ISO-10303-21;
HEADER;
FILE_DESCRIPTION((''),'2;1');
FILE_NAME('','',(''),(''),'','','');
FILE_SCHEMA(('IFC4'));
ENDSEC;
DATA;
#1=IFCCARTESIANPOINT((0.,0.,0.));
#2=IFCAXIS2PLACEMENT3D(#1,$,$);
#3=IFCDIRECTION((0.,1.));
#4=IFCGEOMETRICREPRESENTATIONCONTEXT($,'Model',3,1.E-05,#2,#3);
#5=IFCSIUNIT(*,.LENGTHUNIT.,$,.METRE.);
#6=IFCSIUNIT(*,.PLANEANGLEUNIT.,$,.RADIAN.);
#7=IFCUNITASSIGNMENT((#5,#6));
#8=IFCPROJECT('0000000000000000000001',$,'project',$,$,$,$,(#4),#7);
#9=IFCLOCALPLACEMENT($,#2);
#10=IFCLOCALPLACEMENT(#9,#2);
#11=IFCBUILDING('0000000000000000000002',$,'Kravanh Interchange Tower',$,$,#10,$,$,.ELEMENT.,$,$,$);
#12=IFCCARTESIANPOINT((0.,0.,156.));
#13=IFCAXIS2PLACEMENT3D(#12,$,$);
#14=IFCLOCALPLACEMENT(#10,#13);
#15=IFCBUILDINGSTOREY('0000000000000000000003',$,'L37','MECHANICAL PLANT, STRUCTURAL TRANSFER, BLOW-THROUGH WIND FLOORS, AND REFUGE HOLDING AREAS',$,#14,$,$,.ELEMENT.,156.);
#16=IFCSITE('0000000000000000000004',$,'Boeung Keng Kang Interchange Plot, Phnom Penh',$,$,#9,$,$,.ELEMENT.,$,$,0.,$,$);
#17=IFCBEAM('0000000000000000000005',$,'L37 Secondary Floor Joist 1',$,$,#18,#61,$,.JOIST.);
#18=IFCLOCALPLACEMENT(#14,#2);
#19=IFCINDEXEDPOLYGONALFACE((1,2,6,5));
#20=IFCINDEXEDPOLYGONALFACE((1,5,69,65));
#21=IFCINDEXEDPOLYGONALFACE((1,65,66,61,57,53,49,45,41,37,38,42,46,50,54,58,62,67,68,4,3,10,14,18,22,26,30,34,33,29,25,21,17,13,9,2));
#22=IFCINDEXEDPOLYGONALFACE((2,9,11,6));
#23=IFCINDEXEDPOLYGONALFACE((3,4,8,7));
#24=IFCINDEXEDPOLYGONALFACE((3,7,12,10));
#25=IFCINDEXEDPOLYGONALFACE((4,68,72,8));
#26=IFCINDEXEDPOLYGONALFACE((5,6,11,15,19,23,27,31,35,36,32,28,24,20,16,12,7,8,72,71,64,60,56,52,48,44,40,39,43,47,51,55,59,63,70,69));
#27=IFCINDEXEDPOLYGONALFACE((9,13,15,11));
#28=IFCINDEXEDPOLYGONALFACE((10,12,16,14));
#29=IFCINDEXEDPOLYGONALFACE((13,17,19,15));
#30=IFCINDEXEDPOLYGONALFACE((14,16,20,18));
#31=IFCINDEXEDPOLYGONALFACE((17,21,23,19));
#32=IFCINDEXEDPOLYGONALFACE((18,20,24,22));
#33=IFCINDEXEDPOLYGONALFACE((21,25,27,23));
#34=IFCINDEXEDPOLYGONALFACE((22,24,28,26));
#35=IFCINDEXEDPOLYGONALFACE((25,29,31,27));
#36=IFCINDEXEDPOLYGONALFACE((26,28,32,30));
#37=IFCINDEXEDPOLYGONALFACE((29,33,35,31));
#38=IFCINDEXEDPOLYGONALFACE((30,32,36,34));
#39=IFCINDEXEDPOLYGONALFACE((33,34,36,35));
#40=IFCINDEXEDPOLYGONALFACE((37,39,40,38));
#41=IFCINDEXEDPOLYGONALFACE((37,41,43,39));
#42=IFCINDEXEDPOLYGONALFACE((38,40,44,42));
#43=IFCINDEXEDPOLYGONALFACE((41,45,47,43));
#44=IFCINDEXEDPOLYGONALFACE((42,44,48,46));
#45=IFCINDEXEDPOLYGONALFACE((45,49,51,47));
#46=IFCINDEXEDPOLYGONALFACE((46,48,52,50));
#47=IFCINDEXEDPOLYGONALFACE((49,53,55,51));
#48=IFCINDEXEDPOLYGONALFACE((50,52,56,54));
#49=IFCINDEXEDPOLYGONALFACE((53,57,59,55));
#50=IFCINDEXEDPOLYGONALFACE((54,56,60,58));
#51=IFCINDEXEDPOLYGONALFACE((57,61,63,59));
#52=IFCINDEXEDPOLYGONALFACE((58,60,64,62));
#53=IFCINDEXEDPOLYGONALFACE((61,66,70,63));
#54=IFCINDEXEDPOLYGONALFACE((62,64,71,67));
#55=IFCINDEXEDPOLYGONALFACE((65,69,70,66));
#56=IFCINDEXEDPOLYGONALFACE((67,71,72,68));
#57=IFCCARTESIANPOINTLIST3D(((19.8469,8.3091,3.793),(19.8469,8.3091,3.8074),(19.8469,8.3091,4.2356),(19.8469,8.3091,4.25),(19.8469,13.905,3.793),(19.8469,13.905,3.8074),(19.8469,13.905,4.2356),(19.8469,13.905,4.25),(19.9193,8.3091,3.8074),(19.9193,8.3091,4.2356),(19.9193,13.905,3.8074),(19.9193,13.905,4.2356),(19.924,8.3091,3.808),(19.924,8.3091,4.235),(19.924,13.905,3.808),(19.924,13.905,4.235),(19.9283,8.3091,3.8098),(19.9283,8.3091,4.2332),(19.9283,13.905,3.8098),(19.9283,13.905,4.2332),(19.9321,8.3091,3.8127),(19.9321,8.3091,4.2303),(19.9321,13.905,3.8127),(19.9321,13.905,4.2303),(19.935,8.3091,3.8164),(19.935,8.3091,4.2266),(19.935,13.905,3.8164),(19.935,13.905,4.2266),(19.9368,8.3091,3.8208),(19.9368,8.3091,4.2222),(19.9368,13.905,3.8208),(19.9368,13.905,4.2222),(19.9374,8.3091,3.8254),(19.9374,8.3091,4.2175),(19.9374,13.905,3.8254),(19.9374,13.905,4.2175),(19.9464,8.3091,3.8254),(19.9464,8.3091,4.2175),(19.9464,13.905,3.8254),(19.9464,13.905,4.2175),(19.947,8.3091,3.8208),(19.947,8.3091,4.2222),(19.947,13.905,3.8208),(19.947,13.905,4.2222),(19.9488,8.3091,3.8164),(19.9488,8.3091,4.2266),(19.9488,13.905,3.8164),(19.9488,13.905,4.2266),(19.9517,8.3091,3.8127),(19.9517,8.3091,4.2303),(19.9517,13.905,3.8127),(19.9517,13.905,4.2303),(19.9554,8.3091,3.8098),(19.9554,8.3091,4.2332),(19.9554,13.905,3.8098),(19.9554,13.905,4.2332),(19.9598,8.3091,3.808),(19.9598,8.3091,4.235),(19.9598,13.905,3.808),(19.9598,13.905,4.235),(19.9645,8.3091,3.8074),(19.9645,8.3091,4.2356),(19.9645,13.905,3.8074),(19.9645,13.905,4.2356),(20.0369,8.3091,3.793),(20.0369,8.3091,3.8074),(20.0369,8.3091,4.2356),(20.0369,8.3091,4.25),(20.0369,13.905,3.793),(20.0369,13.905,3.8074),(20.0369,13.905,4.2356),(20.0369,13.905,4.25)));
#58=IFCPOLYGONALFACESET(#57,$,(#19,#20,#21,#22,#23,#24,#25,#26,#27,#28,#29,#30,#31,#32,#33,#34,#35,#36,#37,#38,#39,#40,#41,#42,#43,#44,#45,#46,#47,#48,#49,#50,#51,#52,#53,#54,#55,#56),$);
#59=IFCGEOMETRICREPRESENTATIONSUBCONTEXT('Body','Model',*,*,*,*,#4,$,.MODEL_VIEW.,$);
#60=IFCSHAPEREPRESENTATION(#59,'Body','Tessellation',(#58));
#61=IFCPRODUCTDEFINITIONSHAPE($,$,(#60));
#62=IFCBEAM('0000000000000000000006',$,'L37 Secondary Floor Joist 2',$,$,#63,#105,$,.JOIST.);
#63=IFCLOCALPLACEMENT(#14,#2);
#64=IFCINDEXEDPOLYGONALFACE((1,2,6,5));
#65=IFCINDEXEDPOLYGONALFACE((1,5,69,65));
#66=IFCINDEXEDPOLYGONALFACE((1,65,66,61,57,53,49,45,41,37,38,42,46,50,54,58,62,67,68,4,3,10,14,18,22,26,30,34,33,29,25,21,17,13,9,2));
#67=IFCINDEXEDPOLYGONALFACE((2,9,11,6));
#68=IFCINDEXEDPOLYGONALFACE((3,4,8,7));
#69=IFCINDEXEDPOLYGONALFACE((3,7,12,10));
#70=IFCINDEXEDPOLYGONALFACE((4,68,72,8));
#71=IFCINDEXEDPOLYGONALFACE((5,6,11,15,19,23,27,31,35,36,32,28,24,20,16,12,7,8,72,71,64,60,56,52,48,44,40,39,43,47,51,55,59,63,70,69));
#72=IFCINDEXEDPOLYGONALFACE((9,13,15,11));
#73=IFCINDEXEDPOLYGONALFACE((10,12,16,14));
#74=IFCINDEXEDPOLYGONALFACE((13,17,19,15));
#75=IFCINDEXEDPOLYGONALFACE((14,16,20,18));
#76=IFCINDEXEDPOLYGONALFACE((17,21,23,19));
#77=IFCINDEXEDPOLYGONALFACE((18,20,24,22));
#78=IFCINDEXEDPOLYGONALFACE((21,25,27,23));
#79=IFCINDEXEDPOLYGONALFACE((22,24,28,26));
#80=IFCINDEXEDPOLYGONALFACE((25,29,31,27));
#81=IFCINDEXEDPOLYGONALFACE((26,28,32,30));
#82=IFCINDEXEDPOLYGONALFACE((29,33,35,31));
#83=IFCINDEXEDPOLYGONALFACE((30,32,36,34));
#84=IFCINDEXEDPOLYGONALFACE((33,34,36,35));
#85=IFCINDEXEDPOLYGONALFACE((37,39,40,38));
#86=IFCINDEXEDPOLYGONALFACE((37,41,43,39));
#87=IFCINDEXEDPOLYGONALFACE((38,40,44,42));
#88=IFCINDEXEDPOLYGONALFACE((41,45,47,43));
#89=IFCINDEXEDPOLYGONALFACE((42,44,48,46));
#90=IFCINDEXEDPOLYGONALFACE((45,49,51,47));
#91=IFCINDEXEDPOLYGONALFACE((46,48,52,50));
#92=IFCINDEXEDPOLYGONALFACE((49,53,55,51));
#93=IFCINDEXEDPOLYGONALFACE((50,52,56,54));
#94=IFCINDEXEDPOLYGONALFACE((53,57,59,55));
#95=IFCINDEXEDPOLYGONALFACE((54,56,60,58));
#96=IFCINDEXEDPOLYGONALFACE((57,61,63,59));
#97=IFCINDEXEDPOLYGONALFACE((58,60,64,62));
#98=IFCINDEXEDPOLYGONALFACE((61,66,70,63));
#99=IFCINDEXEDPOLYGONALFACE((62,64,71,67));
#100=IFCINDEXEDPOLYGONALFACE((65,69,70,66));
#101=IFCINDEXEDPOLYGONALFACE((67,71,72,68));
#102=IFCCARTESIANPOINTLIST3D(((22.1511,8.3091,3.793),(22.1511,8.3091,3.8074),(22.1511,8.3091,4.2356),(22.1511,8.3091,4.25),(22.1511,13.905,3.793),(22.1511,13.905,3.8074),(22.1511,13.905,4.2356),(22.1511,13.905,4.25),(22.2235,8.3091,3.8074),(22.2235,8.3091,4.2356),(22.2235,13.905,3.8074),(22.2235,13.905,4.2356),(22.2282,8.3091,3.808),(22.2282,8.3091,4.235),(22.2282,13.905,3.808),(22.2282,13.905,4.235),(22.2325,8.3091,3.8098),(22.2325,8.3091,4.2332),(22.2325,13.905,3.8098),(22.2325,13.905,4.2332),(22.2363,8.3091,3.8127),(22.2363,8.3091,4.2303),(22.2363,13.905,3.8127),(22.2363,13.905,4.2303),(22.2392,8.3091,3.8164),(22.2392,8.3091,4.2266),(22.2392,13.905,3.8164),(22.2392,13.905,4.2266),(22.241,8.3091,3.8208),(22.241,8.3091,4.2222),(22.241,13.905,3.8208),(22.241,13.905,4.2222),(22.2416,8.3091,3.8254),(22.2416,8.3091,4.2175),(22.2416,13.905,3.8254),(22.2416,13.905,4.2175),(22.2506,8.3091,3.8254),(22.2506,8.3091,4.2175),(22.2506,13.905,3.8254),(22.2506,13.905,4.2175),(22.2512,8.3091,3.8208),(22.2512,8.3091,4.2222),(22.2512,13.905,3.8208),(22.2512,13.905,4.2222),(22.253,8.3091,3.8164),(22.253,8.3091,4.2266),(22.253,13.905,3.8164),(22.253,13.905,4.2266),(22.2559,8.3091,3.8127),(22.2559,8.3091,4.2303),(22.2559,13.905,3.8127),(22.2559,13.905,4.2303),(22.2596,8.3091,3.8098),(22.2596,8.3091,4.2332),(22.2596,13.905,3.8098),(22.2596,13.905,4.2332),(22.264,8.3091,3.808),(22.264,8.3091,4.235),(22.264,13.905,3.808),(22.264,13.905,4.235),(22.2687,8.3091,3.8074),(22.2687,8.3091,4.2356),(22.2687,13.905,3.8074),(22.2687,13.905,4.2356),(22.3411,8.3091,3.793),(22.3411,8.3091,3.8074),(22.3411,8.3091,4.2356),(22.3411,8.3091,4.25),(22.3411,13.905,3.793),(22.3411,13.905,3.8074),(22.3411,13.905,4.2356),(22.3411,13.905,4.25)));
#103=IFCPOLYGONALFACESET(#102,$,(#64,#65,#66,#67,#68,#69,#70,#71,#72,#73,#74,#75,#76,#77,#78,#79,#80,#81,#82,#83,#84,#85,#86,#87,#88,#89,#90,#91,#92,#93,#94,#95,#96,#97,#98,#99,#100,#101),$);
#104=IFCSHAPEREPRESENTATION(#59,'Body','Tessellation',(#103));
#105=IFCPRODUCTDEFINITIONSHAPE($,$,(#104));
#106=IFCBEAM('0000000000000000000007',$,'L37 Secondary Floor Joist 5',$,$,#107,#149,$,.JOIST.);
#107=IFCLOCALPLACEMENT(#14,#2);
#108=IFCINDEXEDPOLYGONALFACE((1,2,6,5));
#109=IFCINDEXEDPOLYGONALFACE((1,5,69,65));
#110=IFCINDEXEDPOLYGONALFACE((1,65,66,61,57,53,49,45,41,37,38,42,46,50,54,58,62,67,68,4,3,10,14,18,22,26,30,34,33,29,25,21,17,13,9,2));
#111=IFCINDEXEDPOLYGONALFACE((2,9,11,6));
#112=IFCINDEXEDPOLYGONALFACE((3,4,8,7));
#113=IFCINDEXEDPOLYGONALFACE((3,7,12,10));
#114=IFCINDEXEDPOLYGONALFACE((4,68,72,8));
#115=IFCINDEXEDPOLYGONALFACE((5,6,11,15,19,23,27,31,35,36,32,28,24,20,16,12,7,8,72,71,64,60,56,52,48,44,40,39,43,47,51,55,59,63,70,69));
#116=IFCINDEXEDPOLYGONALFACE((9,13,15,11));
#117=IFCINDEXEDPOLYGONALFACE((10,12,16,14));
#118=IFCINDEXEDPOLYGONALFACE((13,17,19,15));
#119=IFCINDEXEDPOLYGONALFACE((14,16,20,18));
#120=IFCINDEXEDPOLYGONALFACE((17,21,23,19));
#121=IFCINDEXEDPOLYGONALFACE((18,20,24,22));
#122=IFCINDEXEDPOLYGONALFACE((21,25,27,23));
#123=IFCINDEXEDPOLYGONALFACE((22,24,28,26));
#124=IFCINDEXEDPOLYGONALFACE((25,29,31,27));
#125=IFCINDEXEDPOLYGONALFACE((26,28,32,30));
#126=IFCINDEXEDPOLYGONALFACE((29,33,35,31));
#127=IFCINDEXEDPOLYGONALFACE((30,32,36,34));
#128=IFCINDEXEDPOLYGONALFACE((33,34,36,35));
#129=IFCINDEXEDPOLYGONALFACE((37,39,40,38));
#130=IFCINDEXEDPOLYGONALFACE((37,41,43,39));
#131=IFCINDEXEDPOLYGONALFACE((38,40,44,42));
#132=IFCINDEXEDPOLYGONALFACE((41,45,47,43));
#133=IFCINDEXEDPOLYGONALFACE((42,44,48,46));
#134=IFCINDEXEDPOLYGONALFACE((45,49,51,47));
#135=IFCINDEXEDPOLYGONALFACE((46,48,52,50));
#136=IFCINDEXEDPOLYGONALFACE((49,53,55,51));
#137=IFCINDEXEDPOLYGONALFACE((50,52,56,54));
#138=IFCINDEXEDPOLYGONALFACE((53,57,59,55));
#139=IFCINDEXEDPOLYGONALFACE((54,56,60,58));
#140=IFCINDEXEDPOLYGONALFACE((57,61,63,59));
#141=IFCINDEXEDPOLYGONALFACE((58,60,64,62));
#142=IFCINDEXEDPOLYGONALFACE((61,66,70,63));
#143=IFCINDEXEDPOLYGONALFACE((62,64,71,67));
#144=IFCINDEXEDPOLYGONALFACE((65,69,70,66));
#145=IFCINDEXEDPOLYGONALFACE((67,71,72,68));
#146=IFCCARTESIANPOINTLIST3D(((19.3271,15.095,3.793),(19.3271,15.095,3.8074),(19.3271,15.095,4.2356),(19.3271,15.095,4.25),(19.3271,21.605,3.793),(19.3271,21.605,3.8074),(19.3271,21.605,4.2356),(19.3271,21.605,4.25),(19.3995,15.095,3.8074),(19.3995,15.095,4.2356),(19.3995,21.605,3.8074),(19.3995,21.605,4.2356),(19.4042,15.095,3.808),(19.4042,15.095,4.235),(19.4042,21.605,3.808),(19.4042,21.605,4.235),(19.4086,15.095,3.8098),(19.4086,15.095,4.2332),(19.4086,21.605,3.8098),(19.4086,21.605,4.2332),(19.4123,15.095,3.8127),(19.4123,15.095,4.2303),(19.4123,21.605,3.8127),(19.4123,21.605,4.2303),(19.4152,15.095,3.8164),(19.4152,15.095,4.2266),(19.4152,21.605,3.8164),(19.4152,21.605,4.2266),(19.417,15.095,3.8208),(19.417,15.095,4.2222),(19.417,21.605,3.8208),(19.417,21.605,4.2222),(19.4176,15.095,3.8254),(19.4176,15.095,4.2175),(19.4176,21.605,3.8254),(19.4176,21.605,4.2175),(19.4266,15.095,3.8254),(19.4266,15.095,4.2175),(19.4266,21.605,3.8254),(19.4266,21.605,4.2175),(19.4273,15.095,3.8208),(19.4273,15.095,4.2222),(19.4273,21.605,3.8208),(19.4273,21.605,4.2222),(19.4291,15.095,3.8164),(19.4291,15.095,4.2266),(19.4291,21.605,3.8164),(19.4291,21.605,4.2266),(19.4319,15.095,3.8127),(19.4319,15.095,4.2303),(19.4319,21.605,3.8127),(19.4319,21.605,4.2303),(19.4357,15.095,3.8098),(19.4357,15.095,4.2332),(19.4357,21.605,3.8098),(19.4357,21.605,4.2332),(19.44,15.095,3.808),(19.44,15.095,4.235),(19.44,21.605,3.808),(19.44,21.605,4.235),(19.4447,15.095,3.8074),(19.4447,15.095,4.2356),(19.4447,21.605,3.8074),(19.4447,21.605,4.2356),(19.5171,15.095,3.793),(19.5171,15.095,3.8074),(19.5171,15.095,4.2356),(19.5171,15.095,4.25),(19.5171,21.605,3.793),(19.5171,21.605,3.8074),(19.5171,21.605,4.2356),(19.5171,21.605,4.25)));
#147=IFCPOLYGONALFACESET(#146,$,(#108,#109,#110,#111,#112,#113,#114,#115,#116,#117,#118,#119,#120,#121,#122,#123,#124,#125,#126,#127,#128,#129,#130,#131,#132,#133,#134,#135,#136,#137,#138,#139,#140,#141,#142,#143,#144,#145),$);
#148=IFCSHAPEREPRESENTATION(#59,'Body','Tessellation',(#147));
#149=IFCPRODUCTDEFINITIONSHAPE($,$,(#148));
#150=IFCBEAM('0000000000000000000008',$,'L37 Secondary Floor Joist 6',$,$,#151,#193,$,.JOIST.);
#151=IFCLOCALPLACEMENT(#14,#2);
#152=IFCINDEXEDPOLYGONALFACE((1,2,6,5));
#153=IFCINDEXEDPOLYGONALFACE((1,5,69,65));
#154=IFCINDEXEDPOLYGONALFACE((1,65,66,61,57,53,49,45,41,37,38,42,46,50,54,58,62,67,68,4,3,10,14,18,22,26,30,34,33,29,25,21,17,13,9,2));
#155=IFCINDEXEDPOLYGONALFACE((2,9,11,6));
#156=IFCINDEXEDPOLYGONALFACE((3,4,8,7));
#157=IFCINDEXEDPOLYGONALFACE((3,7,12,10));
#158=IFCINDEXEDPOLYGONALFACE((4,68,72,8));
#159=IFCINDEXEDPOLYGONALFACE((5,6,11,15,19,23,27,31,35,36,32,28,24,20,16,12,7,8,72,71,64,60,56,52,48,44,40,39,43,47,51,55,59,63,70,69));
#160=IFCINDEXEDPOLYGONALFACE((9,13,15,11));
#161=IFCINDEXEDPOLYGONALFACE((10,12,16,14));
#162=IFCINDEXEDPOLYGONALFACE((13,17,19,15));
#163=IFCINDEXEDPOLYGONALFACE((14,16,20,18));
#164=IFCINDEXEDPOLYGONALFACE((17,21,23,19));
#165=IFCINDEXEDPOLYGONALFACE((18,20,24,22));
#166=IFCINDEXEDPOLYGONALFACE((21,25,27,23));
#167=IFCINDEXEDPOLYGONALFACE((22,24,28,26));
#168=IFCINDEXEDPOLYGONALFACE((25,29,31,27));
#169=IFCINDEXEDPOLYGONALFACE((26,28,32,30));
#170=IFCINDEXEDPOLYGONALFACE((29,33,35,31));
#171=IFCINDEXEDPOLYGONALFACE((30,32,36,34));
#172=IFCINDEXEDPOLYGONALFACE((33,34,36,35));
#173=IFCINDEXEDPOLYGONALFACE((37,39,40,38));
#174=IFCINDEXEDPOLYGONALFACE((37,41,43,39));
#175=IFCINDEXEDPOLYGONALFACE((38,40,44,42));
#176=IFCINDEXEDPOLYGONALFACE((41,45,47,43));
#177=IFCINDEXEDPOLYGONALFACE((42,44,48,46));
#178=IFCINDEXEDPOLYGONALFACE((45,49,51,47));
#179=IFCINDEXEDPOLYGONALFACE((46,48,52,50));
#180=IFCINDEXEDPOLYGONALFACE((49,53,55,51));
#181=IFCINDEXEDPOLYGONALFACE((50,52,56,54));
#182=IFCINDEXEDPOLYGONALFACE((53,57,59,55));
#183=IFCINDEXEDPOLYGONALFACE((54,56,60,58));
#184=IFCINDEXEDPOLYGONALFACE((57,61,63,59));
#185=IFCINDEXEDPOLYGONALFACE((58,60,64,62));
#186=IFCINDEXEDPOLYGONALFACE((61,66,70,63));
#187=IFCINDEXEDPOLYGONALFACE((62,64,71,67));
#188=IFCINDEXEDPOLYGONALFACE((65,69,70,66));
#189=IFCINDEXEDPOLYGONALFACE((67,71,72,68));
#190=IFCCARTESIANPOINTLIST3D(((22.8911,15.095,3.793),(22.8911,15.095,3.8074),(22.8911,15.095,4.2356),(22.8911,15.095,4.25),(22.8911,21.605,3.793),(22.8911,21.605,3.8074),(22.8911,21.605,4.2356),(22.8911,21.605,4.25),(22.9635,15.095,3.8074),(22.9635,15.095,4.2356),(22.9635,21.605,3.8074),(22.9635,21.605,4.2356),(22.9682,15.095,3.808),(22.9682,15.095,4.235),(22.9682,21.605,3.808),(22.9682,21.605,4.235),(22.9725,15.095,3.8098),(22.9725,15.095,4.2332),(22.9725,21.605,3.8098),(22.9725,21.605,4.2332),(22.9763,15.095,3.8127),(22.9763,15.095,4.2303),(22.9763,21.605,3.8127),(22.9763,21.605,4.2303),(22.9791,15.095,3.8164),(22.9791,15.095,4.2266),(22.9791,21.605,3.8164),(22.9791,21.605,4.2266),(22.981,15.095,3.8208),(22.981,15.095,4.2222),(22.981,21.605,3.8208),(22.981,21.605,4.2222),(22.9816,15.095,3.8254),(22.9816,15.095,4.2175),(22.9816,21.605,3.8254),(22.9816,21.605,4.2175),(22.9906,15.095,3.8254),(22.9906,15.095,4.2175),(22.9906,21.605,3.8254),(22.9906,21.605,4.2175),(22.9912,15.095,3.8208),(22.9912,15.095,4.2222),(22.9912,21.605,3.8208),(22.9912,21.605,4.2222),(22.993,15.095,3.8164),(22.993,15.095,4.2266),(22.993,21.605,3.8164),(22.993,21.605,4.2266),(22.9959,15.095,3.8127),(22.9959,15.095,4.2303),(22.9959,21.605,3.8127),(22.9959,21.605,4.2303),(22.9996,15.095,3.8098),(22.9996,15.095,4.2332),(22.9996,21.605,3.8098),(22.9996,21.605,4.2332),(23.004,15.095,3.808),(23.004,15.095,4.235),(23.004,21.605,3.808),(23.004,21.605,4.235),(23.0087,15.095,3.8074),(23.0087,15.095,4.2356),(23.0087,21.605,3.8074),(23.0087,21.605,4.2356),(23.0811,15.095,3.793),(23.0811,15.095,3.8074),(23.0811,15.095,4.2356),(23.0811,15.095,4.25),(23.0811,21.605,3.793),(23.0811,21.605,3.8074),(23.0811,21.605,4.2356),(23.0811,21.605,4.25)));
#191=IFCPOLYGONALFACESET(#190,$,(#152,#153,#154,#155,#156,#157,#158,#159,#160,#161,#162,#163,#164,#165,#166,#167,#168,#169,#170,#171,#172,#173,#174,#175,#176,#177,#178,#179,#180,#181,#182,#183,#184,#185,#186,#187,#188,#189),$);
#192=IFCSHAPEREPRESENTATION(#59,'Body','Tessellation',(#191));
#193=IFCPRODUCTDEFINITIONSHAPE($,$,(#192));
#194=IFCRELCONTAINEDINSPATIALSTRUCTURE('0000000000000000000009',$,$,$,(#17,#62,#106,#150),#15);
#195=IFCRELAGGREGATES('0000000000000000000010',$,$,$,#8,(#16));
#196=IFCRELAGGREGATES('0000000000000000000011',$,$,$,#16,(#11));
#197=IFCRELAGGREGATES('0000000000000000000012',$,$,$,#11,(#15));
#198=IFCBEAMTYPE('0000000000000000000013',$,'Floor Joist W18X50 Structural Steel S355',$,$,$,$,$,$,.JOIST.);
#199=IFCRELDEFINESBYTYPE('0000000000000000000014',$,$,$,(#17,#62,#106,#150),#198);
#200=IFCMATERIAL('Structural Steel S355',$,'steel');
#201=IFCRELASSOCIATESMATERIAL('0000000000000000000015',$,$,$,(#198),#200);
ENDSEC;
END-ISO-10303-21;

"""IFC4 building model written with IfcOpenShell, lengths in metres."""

from ifc_helpers import new_model, si_unit, direction, frame, origin, origin_2d, place, context, subcontext, project, spatial, i_section, extrude, material, material_profile, profile_set, type_object, element, save


model = new_model("IFC4")

# Units and contexts
model_context = context("Model", 3, precision=1e-05, world=origin(), true_north=direction((0.0, 1.0)))
body_context = subcontext(model_context, "Body", "Model", "MODEL_VIEW")
ifc_project = project(units=[si_unit("LENGTHUNIT", "METRE"), si_unit("PLANEANGLEUNIT", "RADIAN")], contexts=[model_context])

# Site, building, storey
site_placement = place(None, origin())
site = spatial("IfcSite", under=ifc_project, at=site_placement, Name="Boeung Keng Kang Interchange Plot, Phnom Penh", CompositionType="ELEMENT", RefElevation=0.0)
building_placement = place(site_placement, origin())
building = spatial("IfcBuilding", under=site, at=building_placement, Name="Kravanh Interchange Tower", CompositionType="ELEMENT")
storey_placement = place(building_placement, frame((0.0, 0.0, 156.0)))
storey = spatial("IfcBuildingStorey", under=building, at=storey_placement, Name="L37", Description="MECHANICAL PLANT, STRUCTURAL TRANSFER, BLOW-THROUGH WIND FLOORS, AND REFUGE HOLDING AREAS", CompositionType="ELEMENT", Elevation=156.0)

# Beams
ifc_material_1 = material(Name="Structural Steel S355", Category="steel")
ifc_material_profile_1 = material_profile(ifc_material_1, i_section(OverallWidth=0.1899, OverallDepth=0.457, WebThickness=0.009, FlangeThickness=0.0144, FilletRadius=0.0181, at=origin_2d()), Name="W18X50")
ifc_profile_set_1 = profile_set([ifc_material_profile_1], Name="Structural Steel S355")
beam_type_1 = type_object("IfcBeamType", Name="Floor Joist W18X50 Structural Steel S355", PredefinedType="JOIST", material=ifc_profile_set_1)
for number, where, z_axis, x_axis, name in (
    (1, (19.9419, 8.3091, 4.0215), (0.0, 1.0, 0.0), (-1.0, 0.0, 0.0), "L37 Secondary Floor Joist 1"),
    (2, (22.2461, 8.3091, 4.0215), (0.0, 1.0, 0.0), (-1.0, 0.0, 0.0), "L37 Secondary Floor Joist 2"),
):
    element("IfcBeam", number, at=place(storey_placement, frame(where, z_axis=z_axis, x_axis=x_axis)), inside=storey, type_object=beam_type_1, Name=name, PredefinedType="JOIST", context=body_context, shape_type="SweptSolid", body=[
        extrude(i_section(OverallWidth=0.1899, OverallDepth=0.457, WebThickness=0.009, FlangeThickness=0.0144, FilletRadius=0.0181, at=origin_2d()), origin(), (0.0, 0.0, 1.0), 5.5959),
    ])
for number, where, z_axis, x_axis, name in (
    (3, (19.4221, 15.095, 4.0215), (0.0, 1.0, 0.0), (-1.0, 0.0, 0.0), "L37 Secondary Floor Joist 5"),
    (4, (22.9861, 15.095, 4.0215), (0.0, 1.0, 0.0), (-1.0, 0.0, 0.0), "L37 Secondary Floor Joist 6"),
):
    element("IfcBeam", number, at=place(storey_placement, frame(where, z_axis=z_axis, x_axis=x_axis)), inside=storey, type_object=beam_type_1, Name=name, PredefinedType="JOIST", context=body_context, shape_type="SweptSolid", body=[
        extrude(i_section(OverallWidth=0.1899, OverallDepth=0.457, WebThickness=0.009, FlangeThickness=0.0144, FilletRadius=0.0181, at=origin_2d()), origin(), (0.0, 0.0, 1.0), 6.51),
    ])

save(model, "model.ifc")
